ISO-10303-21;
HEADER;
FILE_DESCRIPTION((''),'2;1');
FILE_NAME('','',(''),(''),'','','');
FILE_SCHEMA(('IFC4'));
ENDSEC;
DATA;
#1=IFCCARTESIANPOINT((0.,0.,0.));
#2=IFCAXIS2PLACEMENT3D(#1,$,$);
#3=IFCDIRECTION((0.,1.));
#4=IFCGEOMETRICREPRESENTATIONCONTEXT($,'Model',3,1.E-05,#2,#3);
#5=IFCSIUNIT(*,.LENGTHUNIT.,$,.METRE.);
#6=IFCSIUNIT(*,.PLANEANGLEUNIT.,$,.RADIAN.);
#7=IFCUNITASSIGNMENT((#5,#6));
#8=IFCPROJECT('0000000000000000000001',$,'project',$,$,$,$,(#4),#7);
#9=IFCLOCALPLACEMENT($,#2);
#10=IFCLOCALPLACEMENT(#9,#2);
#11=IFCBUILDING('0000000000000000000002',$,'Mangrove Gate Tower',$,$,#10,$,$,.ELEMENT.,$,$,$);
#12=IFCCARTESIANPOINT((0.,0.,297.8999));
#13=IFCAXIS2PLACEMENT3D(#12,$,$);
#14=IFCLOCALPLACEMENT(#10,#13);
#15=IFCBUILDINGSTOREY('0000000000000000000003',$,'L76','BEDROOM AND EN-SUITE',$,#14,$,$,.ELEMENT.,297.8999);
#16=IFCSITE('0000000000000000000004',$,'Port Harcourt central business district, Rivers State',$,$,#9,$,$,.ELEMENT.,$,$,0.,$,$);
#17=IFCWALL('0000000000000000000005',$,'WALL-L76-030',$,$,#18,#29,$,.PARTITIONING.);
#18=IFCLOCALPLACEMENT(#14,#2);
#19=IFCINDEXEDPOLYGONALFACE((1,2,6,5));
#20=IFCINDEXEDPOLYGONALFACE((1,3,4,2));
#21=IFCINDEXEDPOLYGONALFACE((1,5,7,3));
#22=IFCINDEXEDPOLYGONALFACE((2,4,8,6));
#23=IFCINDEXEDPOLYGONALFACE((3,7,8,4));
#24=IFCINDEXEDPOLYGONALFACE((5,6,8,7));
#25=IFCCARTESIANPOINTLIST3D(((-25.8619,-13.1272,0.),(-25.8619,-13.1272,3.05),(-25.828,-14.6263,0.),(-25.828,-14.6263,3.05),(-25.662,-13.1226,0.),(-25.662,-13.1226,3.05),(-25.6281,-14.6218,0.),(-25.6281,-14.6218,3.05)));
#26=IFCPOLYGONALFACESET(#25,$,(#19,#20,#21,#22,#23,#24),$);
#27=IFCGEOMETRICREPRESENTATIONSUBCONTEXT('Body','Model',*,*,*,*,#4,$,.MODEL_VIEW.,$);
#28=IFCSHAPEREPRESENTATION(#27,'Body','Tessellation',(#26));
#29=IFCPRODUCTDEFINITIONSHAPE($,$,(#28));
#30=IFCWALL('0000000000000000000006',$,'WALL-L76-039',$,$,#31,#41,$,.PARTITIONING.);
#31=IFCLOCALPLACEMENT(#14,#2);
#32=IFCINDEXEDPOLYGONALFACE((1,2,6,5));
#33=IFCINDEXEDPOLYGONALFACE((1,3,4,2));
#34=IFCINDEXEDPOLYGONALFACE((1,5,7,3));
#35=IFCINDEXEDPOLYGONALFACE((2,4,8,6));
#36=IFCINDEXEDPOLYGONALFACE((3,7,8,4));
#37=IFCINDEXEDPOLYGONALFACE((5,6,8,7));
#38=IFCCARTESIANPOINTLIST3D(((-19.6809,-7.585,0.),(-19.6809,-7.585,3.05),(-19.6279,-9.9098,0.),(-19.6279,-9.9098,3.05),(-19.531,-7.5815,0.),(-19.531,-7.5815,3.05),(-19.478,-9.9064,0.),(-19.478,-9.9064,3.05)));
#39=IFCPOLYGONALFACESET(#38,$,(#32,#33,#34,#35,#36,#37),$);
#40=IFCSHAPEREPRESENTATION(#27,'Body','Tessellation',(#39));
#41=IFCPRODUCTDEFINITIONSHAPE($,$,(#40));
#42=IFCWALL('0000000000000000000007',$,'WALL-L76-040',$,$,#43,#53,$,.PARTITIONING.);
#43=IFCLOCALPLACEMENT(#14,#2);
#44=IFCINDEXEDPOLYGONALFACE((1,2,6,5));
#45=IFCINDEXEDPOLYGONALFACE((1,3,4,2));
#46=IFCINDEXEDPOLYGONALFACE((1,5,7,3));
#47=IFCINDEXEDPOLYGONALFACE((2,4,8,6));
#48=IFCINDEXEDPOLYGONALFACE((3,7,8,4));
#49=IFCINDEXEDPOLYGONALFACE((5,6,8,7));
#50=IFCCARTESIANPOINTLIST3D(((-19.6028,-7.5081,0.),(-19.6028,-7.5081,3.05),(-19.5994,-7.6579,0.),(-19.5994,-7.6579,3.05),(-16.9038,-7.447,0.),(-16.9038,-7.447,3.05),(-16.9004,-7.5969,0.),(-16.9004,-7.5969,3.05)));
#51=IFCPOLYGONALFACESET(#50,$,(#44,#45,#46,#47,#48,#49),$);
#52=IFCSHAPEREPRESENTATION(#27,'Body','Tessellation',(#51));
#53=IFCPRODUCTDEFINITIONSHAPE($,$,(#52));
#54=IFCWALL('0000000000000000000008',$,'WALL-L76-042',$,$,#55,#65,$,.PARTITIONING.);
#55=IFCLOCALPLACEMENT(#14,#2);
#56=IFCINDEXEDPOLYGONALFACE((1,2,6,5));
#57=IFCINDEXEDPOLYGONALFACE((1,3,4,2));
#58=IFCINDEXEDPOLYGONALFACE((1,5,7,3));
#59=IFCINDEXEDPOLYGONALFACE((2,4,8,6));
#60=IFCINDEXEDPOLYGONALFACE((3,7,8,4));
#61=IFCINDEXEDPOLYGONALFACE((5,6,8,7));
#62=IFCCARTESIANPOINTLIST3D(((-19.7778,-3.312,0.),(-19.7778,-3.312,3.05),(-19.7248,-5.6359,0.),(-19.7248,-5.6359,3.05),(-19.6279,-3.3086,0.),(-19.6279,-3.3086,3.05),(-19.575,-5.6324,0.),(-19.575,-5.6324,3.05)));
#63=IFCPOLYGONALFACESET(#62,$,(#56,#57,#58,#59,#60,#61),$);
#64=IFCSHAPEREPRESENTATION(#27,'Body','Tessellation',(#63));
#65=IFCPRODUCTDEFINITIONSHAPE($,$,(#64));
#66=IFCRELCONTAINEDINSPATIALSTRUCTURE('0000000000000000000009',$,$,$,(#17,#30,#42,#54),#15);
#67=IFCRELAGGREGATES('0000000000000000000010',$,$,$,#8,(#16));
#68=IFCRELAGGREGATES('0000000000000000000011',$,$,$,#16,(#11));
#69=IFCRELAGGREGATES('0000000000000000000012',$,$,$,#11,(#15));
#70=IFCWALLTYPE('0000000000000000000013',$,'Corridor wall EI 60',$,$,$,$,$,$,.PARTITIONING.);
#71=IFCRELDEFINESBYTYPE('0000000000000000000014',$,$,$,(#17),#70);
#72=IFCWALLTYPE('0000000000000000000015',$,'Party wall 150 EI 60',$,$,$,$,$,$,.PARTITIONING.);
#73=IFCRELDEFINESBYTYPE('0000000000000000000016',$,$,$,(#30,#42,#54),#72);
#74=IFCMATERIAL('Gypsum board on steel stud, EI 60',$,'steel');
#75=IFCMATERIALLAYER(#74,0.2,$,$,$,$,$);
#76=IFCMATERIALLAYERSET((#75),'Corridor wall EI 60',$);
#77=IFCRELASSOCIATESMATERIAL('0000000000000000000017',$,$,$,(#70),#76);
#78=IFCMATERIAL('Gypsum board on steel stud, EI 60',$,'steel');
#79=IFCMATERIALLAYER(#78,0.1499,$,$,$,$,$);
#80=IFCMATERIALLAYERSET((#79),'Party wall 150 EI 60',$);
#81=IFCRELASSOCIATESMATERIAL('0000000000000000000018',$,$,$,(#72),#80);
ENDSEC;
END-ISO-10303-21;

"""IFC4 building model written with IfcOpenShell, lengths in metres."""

from ifc_helpers import new_model, si_unit, direction, frame, frame_2d, origin, place, context, subcontext, project, spatial, rectangle, extrude, material, layer, layer_set, type_object, element, save


model = new_model("IFC4")

# Units and contexts
model_context = context("Model", 3, precision=1e-05, world=origin(), true_north=direction((0.0, 1.0)))
body_context = subcontext(model_context, "Body", "Model", "MODEL_VIEW")
ifc_project = project(units=[si_unit("LENGTHUNIT", "METRE"), si_unit("PLANEANGLEUNIT", "RADIAN")], contexts=[model_context])

# Site, building, storey
site_placement = place(None, origin())
site = spatial("IfcSite", under=ifc_project, at=site_placement, Name="Port Harcourt central business district, Rivers State", CompositionType="ELEMENT", RefElevation=0.0)
building_placement = place(site_placement, origin())
building = spatial("IfcBuilding", under=site, at=building_placement, Name="Mangrove Gate Tower", CompositionType="ELEMENT")
storey_placement = place(building_placement, frame((0.0, 0.0, 297.8999)))
storey = spatial("IfcBuildingStorey", under=building, at=storey_placement, Name="L76", Description="BEDROOM AND EN-SUITE", CompositionType="ELEMENT", Elevation=297.8999)

# Wall
ifc_material_1 = material(Name="Gypsum board on steel stud, EI 60", Category="steel")
ifc_layer_1 = layer(ifc_material_1, 0.2)
ifc_layer_set_1 = layer_set([ifc_layer_1], Name="Corridor wall EI 60")
wall_type_1 = type_object("IfcWallType", Name="Corridor wall EI 60", PredefinedType="PARTITIONING", material=ifc_layer_set_1)
wall_1_placement = place(storey_placement, frame((-25.728, -14.624, 0.0), z_axis=(0.0, 0.0, 1.0), x_axis=(-0.022633, 0.999744, 0.0)))
element("IfcWall", 1, at=wall_1_placement, inside=storey, type_object=wall_type_1, Name="WALL-L76-030", PredefinedType="PARTITIONING", context=body_context, shape_type="SweptSolid", body=[
    extrude(rectangle(XDim=1.4995, YDim=0.2, at=frame_2d((0.7498, 0.0))), origin(), (0.0, 0.0, 1.0), 3.05),
])

# Walls
ifc_material_2 = material(Name="Gypsum board on steel stud, EI 60", Category="steel")
ifc_layer_2 = layer(ifc_material_2, 0.1499)
ifc_layer_set_2 = layer_set([ifc_layer_2], Name="Party wall 150 EI 60")
wall_type_2 = type_object("IfcWallType", Name="Party wall 150 EI 60", PredefinedType="PARTITIONING", material=ifc_layer_set_2)
wall_2_placement = place(storey_placement, frame((-19.553, -9.908, 0.0), z_axis=(0.0, 0.0, 1.0), x_axis=(-0.022781, 0.99974, 0.0)))
element("IfcWall", 2, at=wall_2_placement, inside=storey, type_object=wall_type_2, Name="WALL-L76-039", PredefinedType="PARTITIONING", context=body_context, shape_type="SweptSolid", body=[
    extrude(rectangle(XDim=2.3254, YDim=0.1499, at=frame_2d((1.1626, 0.0))), origin(), (0.0, 0.0, 1.0), 3.05),
])
wall_3_placement = place(storey_placement, frame((-19.6011, -7.583, 0.0), z_axis=(0.0, 0.0, 1.0), x_axis=(0.999744, 0.022608, 0.0)))
element("IfcWall", 3, at=wall_3_placement, inside=storey, type_object=wall_type_2, Name="WALL-L76-040", PredefinedType="PARTITIONING", context=body_context, shape_type="SweptSolid", body=[
    extrude(rectangle(XDim=2.6997, YDim=0.1499, at=frame_2d((1.3499, 0.0))), origin(), (0.0, 0.0, 1.0), 3.05),
])
wall_4_placement = place(storey_placement, frame((-19.6499, -5.634, 0.0), z_axis=(0.0, 0.0, 1.0), x_axis=(-0.022791, 0.99974, 0.0)))
element("IfcWall", 4, at=wall_4_placement, inside=storey, type_object=wall_type_2, Name="WALL-L76-042", PredefinedType="PARTITIONING", context=body_context, shape_type="SweptSolid", body=[
    extrude(rectangle(XDim=2.3245, YDim=0.1499, at=frame_2d((1.1621, 0.0))), origin(), (0.0, 0.0, 1.0), 3.05),
])

save(model, "model.ifc")
